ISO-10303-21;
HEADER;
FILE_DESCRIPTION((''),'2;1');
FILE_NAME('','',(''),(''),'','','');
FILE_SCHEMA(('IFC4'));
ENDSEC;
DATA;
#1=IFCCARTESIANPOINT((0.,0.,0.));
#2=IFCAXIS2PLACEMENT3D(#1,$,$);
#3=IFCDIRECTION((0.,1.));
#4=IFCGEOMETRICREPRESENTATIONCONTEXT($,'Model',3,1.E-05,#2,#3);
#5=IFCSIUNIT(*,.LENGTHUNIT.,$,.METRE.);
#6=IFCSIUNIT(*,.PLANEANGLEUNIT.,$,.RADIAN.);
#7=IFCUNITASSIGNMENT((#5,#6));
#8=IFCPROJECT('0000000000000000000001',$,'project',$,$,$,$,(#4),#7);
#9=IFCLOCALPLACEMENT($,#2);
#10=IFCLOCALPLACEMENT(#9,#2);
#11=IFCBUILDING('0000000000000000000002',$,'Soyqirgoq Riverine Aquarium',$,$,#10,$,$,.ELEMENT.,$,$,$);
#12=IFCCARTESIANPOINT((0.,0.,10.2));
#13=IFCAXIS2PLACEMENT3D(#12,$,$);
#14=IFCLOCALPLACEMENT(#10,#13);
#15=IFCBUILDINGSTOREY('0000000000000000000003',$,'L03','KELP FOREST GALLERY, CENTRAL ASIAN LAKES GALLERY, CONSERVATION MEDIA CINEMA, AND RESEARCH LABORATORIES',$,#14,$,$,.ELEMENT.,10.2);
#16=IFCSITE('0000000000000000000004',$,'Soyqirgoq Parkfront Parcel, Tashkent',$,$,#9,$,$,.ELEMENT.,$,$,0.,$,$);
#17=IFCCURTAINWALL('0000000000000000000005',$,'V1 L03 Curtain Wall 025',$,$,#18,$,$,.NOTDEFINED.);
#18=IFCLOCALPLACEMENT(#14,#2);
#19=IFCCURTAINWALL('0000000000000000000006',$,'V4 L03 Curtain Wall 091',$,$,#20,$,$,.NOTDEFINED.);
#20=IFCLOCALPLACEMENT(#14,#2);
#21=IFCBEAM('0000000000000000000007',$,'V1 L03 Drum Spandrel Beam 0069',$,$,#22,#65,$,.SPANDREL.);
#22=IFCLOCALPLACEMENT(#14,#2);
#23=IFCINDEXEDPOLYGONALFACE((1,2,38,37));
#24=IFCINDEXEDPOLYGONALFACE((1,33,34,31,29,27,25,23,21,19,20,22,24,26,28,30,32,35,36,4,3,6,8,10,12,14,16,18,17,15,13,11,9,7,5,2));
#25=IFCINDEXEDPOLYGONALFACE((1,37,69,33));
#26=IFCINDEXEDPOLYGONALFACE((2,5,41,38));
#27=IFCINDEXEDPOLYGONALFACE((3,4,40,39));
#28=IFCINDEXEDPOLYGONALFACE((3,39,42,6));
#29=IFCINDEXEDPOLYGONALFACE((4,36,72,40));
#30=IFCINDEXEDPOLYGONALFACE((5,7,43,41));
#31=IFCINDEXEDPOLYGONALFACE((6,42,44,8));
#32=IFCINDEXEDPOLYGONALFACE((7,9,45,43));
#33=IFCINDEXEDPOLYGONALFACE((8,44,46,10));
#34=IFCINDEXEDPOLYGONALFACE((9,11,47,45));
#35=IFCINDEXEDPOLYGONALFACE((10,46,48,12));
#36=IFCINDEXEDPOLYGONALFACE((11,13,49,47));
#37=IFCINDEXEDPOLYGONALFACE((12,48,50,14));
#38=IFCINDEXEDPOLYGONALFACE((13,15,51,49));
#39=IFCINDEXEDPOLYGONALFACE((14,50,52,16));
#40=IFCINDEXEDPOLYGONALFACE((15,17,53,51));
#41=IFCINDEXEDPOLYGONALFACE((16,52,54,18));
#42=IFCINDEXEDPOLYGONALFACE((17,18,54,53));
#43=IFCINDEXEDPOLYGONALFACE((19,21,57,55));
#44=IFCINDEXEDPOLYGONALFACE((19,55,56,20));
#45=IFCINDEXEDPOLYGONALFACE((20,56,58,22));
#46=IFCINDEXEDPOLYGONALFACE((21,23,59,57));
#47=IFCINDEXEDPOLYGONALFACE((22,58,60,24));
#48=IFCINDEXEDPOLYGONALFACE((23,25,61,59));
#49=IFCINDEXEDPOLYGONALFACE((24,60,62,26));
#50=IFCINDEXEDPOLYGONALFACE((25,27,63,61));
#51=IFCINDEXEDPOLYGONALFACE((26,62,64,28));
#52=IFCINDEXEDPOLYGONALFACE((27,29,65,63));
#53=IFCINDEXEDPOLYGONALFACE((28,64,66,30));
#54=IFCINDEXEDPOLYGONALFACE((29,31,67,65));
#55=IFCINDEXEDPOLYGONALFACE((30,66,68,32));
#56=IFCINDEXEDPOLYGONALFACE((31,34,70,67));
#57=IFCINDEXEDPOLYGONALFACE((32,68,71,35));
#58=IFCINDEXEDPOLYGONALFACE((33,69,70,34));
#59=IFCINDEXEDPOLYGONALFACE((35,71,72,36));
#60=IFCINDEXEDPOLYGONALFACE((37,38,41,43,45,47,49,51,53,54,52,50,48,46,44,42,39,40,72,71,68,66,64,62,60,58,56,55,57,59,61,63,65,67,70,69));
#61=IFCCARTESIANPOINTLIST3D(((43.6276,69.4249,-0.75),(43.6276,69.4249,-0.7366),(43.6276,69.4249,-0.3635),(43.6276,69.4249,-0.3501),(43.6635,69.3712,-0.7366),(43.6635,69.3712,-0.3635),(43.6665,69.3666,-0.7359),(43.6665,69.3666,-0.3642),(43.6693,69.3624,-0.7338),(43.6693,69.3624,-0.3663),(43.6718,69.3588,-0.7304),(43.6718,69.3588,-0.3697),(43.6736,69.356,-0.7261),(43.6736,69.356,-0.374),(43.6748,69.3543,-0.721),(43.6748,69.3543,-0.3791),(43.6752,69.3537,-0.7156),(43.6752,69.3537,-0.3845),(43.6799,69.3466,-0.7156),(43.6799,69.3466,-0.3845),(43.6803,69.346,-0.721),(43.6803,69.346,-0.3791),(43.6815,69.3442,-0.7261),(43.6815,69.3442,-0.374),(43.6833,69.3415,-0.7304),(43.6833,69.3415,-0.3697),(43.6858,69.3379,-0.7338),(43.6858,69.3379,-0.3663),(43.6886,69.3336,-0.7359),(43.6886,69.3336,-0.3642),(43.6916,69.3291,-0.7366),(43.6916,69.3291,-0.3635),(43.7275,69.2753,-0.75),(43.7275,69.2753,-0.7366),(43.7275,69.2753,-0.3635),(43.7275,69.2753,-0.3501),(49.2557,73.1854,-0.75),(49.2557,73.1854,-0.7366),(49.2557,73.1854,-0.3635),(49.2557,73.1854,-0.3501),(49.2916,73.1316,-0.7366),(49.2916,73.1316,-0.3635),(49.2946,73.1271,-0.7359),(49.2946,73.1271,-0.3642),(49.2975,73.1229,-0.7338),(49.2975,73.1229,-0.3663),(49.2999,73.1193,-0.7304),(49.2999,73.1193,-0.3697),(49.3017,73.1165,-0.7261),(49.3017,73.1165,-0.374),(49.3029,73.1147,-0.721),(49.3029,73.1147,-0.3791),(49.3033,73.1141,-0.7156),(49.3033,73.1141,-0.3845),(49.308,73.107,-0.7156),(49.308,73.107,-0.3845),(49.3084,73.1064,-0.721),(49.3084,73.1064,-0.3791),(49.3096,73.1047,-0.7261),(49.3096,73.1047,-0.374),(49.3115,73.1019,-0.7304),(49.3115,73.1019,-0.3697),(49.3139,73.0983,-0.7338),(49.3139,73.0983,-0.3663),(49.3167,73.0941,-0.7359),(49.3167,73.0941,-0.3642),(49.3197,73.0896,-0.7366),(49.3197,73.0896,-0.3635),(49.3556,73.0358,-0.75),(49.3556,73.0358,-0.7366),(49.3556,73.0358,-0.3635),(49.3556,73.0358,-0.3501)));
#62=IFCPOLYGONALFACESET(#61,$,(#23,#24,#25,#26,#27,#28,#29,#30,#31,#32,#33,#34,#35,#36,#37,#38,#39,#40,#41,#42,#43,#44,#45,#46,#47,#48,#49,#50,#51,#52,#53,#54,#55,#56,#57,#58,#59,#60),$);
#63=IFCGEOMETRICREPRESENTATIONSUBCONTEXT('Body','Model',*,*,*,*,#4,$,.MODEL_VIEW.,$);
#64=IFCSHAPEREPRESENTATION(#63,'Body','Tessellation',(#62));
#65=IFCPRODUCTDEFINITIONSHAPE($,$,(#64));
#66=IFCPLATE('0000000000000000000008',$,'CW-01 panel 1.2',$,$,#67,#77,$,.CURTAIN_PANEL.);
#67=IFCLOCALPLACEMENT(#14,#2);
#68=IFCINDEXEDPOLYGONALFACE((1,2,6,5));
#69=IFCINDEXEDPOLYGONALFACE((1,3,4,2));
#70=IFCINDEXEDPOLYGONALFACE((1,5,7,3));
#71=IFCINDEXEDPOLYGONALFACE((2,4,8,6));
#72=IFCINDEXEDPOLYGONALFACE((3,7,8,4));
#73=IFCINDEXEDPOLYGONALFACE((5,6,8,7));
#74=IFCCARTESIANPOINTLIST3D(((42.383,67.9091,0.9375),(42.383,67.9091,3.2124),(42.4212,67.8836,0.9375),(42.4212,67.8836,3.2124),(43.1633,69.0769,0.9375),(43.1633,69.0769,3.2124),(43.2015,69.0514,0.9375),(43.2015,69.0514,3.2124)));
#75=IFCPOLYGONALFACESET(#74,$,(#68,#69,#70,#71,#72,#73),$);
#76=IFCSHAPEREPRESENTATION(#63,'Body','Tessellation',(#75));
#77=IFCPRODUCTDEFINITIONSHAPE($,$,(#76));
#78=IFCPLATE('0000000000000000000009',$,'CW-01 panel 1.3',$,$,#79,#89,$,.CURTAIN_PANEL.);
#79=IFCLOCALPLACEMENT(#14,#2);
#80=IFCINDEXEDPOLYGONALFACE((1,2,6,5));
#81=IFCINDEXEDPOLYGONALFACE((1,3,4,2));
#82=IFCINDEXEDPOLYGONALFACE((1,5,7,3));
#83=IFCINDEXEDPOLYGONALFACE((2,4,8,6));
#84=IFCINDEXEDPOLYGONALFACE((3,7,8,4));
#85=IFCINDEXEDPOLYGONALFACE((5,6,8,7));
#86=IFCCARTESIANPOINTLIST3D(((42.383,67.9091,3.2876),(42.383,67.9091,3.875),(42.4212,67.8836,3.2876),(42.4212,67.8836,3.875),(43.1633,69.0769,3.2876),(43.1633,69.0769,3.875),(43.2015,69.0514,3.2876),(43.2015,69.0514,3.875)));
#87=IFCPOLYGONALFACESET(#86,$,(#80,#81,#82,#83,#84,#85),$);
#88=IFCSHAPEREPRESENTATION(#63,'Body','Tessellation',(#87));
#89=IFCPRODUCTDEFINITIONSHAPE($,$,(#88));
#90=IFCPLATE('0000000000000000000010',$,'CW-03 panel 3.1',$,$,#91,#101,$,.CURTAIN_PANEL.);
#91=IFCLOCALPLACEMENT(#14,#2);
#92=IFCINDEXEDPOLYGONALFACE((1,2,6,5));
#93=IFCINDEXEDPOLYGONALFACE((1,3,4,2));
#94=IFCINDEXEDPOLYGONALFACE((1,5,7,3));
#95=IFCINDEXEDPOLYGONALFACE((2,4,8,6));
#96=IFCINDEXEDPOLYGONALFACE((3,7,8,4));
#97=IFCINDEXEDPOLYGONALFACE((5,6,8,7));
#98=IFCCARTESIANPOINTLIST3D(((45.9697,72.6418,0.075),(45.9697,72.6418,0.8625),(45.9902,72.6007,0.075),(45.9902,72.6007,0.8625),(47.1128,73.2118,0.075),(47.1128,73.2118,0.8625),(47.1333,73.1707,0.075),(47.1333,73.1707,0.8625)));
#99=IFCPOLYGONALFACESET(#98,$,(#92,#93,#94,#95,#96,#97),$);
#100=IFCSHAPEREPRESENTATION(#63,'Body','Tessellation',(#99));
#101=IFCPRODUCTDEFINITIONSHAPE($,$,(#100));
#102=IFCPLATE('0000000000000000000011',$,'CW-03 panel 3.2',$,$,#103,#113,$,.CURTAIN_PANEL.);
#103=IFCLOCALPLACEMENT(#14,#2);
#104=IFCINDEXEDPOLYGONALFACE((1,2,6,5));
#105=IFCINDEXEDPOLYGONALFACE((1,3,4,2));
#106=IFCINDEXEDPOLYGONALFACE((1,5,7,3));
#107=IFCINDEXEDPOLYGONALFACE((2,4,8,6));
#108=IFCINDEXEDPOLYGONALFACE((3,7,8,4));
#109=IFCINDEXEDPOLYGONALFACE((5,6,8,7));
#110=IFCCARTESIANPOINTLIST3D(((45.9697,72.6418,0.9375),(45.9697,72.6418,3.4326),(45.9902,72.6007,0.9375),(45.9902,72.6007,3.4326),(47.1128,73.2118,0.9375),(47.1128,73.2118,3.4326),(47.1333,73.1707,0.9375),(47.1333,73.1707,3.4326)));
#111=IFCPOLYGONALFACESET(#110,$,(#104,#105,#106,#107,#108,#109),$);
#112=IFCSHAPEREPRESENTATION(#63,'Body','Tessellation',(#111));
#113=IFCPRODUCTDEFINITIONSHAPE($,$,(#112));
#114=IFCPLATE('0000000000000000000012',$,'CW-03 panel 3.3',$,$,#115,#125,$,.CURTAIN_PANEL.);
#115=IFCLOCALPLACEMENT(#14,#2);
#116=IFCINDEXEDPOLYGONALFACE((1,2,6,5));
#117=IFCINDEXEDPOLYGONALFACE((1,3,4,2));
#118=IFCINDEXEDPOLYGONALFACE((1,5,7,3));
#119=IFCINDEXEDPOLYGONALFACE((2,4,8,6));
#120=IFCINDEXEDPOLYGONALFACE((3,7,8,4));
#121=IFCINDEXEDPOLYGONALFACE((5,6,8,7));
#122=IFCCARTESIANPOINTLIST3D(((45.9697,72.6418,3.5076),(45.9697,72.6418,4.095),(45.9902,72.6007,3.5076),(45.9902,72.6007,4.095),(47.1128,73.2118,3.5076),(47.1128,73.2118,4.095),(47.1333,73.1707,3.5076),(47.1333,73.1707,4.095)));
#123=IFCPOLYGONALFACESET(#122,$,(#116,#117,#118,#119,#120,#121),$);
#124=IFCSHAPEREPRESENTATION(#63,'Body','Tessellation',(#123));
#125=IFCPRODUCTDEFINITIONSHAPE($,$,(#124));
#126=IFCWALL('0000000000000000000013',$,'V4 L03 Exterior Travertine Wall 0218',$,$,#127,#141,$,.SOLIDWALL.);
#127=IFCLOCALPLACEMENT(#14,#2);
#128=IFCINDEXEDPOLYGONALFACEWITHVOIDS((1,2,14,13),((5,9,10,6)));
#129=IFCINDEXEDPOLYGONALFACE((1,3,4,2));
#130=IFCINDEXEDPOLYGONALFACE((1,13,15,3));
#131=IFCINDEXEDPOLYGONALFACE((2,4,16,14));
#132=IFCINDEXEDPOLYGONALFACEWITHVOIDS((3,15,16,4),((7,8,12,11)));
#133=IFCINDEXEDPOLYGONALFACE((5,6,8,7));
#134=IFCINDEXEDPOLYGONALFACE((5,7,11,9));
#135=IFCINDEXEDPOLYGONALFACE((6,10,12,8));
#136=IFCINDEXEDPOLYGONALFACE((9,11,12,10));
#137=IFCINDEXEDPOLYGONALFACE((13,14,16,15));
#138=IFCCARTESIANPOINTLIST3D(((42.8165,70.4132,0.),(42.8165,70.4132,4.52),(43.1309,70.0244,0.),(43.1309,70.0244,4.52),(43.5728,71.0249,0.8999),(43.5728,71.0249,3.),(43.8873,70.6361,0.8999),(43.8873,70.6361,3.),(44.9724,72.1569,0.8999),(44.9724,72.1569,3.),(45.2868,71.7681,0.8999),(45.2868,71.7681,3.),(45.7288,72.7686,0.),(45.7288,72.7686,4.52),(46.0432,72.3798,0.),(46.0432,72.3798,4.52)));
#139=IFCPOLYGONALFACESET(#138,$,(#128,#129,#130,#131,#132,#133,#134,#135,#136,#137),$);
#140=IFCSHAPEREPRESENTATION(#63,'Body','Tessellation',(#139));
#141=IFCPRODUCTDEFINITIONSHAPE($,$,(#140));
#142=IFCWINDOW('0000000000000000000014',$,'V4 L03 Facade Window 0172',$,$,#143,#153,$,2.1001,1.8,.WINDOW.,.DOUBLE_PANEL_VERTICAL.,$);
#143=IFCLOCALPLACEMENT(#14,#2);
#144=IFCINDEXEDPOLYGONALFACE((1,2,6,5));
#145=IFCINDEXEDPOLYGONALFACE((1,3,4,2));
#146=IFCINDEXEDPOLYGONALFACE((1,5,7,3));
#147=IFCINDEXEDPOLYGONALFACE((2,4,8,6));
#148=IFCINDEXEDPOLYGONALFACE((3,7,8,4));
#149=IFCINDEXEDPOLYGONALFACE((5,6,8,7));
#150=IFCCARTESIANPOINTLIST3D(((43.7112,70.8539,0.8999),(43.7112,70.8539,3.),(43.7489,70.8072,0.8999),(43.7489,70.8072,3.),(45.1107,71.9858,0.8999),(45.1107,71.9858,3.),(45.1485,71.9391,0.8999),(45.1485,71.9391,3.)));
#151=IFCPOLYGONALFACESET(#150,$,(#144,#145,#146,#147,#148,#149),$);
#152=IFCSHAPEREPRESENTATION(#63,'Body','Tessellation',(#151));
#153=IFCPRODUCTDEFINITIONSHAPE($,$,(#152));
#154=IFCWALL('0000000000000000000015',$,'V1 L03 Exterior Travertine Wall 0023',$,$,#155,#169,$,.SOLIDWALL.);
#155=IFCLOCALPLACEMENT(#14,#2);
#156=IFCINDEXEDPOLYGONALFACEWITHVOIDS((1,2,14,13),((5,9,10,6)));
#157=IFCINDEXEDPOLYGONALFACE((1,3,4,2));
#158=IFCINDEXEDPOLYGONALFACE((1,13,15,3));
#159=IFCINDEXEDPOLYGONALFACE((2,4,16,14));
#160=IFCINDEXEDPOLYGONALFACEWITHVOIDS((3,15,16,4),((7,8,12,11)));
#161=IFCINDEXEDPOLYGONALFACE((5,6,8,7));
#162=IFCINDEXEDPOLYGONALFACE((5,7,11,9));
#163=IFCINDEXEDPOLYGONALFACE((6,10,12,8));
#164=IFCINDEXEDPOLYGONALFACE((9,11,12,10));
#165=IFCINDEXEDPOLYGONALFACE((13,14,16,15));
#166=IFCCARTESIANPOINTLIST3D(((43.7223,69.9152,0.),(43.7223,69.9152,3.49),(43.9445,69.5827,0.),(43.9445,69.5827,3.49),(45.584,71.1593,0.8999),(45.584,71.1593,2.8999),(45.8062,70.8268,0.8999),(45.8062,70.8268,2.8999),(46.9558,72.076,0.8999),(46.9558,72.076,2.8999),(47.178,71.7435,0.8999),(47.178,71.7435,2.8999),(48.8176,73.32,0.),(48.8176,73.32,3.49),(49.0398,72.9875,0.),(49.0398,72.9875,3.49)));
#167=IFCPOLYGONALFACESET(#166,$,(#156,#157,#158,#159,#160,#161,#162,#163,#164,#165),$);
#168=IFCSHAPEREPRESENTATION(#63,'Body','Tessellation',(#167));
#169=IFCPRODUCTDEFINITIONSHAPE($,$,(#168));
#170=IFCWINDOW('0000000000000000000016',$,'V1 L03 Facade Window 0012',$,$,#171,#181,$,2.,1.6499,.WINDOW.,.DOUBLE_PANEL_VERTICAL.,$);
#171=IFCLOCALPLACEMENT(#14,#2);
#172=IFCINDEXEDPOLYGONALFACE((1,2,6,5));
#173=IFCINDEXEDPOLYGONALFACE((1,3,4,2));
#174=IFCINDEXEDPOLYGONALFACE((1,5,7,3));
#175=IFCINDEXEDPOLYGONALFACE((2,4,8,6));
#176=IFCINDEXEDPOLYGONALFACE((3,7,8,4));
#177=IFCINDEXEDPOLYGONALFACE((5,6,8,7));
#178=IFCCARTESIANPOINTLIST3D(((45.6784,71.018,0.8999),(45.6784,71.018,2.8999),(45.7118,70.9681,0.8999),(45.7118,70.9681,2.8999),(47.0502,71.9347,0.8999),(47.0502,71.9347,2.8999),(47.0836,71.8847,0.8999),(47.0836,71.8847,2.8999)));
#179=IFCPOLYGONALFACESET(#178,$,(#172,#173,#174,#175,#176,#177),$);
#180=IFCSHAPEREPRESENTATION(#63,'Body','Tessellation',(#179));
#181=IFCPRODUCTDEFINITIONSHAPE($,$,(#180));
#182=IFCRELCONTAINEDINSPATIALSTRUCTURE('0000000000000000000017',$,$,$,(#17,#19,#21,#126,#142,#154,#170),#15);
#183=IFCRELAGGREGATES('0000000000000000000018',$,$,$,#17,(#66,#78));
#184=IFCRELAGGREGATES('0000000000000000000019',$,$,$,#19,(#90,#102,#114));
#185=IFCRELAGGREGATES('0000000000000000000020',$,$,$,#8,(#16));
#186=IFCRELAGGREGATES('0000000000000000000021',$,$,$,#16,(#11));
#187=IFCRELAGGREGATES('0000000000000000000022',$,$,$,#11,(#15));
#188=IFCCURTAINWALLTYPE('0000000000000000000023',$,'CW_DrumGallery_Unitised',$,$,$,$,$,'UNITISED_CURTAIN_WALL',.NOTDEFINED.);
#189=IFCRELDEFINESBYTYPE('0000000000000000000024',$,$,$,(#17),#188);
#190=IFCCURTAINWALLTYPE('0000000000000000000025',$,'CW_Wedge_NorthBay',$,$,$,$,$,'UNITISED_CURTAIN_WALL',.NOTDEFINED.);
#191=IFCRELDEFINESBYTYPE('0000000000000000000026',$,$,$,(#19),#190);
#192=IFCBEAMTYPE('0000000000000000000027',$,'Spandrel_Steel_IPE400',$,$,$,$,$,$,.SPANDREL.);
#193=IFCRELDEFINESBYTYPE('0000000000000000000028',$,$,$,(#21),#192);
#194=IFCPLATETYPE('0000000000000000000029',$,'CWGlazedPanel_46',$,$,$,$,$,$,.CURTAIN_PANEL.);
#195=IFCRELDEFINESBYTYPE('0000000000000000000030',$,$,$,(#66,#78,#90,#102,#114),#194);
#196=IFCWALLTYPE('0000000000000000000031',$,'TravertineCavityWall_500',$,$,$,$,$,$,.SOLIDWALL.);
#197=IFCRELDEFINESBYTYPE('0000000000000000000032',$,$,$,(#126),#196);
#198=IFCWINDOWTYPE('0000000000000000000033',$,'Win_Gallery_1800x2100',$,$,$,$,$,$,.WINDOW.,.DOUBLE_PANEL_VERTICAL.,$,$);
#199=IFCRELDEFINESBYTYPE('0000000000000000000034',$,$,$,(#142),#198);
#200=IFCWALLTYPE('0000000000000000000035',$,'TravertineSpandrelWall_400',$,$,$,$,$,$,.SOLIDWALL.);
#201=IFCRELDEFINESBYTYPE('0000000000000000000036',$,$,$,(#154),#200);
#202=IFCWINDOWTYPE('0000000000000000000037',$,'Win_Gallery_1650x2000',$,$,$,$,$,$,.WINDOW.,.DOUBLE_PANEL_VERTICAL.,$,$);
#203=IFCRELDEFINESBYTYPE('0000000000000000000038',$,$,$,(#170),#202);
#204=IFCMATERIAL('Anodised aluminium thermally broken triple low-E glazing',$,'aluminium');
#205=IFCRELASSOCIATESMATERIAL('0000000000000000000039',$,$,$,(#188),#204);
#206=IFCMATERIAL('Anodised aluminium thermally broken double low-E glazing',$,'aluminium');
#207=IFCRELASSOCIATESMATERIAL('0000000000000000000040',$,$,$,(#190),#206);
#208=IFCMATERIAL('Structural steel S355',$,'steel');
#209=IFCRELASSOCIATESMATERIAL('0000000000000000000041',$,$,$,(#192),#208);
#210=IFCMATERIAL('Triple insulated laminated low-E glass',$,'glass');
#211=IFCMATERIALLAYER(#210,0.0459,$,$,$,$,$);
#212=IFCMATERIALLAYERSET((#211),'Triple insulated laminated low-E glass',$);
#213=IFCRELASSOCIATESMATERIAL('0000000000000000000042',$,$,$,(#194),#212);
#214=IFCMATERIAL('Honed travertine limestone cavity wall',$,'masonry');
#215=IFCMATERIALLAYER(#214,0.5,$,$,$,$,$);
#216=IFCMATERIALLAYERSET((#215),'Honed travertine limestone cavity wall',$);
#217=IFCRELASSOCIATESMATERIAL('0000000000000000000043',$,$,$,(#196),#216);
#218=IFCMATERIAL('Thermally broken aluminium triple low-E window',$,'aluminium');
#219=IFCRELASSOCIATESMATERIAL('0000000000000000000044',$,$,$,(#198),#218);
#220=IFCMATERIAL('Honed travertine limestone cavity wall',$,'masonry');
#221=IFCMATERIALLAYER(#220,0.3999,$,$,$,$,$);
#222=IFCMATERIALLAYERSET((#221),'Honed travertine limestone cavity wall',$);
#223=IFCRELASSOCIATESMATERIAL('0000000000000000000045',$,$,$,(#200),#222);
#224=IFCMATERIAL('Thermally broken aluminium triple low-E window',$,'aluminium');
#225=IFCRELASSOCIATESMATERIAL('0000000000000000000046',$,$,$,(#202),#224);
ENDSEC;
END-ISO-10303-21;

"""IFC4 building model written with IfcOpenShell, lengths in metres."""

from ifc_helpers import new_model, si_unit, direction, frame, frame_2d, origin, origin_2d, place, context, subcontext, project, spatial, rectangle, i_section, extrude, material, layer, layer_set, material_profile, profile_set, type_object, element, fill, aggregate, save


model = new_model("IFC4")

# Units and contexts
model_context = context("Model", 3, precision=1e-05, world=origin(), true_north=direction((0.0, 1.0)))
body_context = subcontext(model_context, "Body", "Model", "MODEL_VIEW")
ifc_project = project(units=[si_unit("LENGTHUNIT", "METRE"), si_unit("PLANEANGLEUNIT", "RADIAN")], contexts=[model_context])

# Site, building, storey
site_placement = place(None, origin())
site = spatial("IfcSite", under=ifc_project, at=site_placement, Name="Soyqirgoq Parkfront Parcel, Tashkent", CompositionType="ELEMENT", RefElevation=0.0)
building_placement = place(site_placement, origin())
building = spatial("IfcBuilding", under=site, at=building_placement, Name="Soyqirgoq Riverine Aquarium", CompositionType="ELEMENT")
storey_placement = place(building_placement, frame((0.0, 0.0, 10.2)))
storey = spatial("IfcBuildingStorey", under=building, at=storey_placement, Name="L03", Description="KELP FOREST GALLERY, CENTRAL ASIAN LAKES GALLERY, CONSERVATION MEDIA CINEMA, AND RESEARCH LABORATORIES", CompositionType="ELEMENT", Elevation=10.2)

# Curtain walls
ifc_material_1 = material(Name="Anodised aluminium thermally broken triple low-E glazing", Category="aluminium")
curtain_wall_type_1 = type_object("IfcCurtainWallType", Name="CW_DrumGallery_Unitised", ElementType="UNITISED_CURTAIN_WALL", PredefinedType="NOTDEFINED", material=ifc_material_1)
curtain_wall_1_placement = place(storey_placement, origin())
curtain_wall_1 = element("IfcCurtainWall", 1, at=curtain_wall_1_placement, inside=storey, type_object=curtain_wall_type_1, Name="V1 L03 Curtain Wall 025", PredefinedType="NOTDEFINED")
ifc_material_2 = material(Name="Anodised aluminium thermally broken double low-E glazing", Category="aluminium")
curtain_wall_type_2 = type_object("IfcCurtainWallType", Name="CW_Wedge_NorthBay", ElementType="UNITISED_CURTAIN_WALL", PredefinedType="NOTDEFINED", material=ifc_material_2)
curtain_wall_2_placement = place(storey_placement, origin())
curtain_wall_2 = element("IfcCurtainWall", 2, at=curtain_wall_2_placement, inside=storey, type_object=curtain_wall_type_2, Name="V4 L03 Curtain Wall 091", PredefinedType="NOTDEFINED")

# Beam
ifc_material_3 = material(Name="Structural steel S355", Category="steel")
ifc_material_profile_1 = material_profile(ifc_material_3, i_section(OverallWidth=0.1799, OverallDepth=0.3999, WebThickness=0.0085, FlangeThickness=0.0134, FilletRadius=0.021, at=origin_2d()), Name="IPE 400")
ifc_profile_set_1 = profile_set([ifc_material_profile_1], Name="Structural steel S355")
beam_type_1 = type_object("IfcBeamType", Name="Spandrel_Steel_IPE400", PredefinedType="SPANDREL", material=ifc_profile_set_1)
beam_1_placement = place(storey_placement, frame((49.3057, 73.1106, -0.55), z_axis=(-0.831478, -0.555557, 0.0), x_axis=(0.555557, -0.831478, 0.0)))
element("IfcBeam", 3, at=beam_1_placement, inside=storey, type_object=beam_type_1, Name="V1 L03 Drum Spandrel Beam 0069", PredefinedType="SPANDREL", context=body_context, shape_type="SweptSolid", body=[
    extrude(i_section(OverallWidth=0.1799, OverallDepth=0.3999, WebThickness=0.0085, FlangeThickness=0.0134, FilletRadius=0.021, at=origin_2d()), origin(), (0.0, 0.0, 1.0), 6.7688),
])

# Plates
ifc_material_4 = material(Name="Triple insulated laminated low-E glass", Category="glass")
ifc_layer_1 = layer(ifc_material_4, 0.0459)
ifc_layer_set_1 = layer_set([ifc_layer_1], Name="Triple insulated laminated low-E glass")
plate_type = type_object("IfcPlateType", Name="CWGlazedPanel_46", PredefinedType="CURTAIN_PANEL", material=ifc_layer_set_1)
plate_1_placement = place(storey_placement, frame((42.7922, 68.4802, 0.9375), z_axis=(0.0, 0.0, 1.0), x_axis=(-0.555572, -0.831469, 0.0)))
plate_1 = element("IfcPlate", 4, at=plate_1_placement, type_object=plate_type, Name="CW-01 panel 1.2", PredefinedType="CURTAIN_PANEL", context=body_context, shape_type="SweptSolid", body=[
    extrude(rectangle(XDim=1.4045, YDim=0.0459, at=origin_2d()), origin(), (0.0, 0.0, 1.0), 2.2749),
])
plate_2_placement = place(storey_placement, frame((42.7922, 68.4802, 3.2876), z_axis=(0.0, 0.0, 1.0), x_axis=(-0.555572, -0.831469, 0.0)))
plate_2 = element("IfcPlate", 5, at=plate_2_placement, type_object=plate_type, Name="CW-01 panel 1.3", PredefinedType="CURTAIN_PANEL", context=body_context, shape_type="SweptSolid", body=[
    extrude(rectangle(XDim=1.4045, YDim=0.0459, at=origin_2d()), origin(), (0.0, 0.0, 1.0), 0.5874),
])
aggregate(curtain_wall_1, [plate_1, plate_2])
plate_3_placement = place(storey_placement, frame((46.5515, 72.9062, 0.075), z_axis=(0.0, 0.0, 1.0), x_axis=(-0.894936, -0.446195, 0.0)))
plate_3 = element("IfcPlate", 6, at=plate_3_placement, type_object=plate_type, Name="CW-03 panel 3.1", PredefinedType="CURTAIN_PANEL", context=body_context, shape_type="SweptSolid", body=[
    extrude(rectangle(XDim=1.2773, YDim=0.0459, at=origin_2d()), origin(), (0.0, 0.0, 1.0), 0.7876),
])
plate_4_placement = place(storey_placement, frame((46.5515, 72.9062, 0.9375), z_axis=(0.0, 0.0, 1.0), x_axis=(-0.894936, -0.446195, 0.0)))
plate_4 = element("IfcPlate", 7, at=plate_4_placement, type_object=plate_type, Name="CW-03 panel 3.2", PredefinedType="CURTAIN_PANEL", context=body_context, shape_type="SweptSolid", body=[
    extrude(rectangle(XDim=1.2773, YDim=0.0459, at=origin_2d()), origin(), (0.0, 0.0, 1.0), 2.4951),
])
plate_5_placement = place(storey_placement, frame((46.5515, 72.9062, 3.5076), z_axis=(0.0, 0.0, 1.0), x_axis=(-0.894936, -0.446195, 0.0)))
plate_5 = element("IfcPlate", 8, at=plate_5_placement, type_object=plate_type, Name="CW-03 panel 3.3", PredefinedType="CURTAIN_PANEL", context=body_context, shape_type="SweptSolid", body=[
    extrude(rectangle(XDim=1.2773, YDim=0.0459, at=origin_2d()), origin(), (0.0, 0.0, 1.0), 0.5874),
])
aggregate(curtain_wall_2, [plate_3, plate_4, plate_5])

# Walls, openings, windows
ifc_material_5 = material(Name="Honed travertine limestone cavity wall", Category="masonry")
ifc_layer_2 = layer(ifc_material_5, 0.5)
ifc_layer_set_2 = layer_set([ifc_layer_2], Name="Honed travertine limestone cavity wall")
wall_type_1 = type_object("IfcWallType", Name="TravertineCavityWall_500", PredefinedType="SOLIDWALL", material=ifc_layer_set_2)
wall_1_placement = place(storey_placement, frame((45.886, 72.5742, 0.0), z_axis=(0.0, 0.0, 1.0), x_axis=(-0.777526, -0.628851, 0.0)))
wall_1 = element("IfcWall", 9, at=wall_1_placement, inside=storey, type_object=wall_type_1, Name="V4 L03 Exterior Travertine Wall 0218", PredefinedType="SOLIDWALL", context=body_context, shape_type="SweptSolid", body=[
    extrude(rectangle(XDim=3.7456, YDim=0.5, at=frame_2d((1.8728, 0.0))), origin(), (0.0, 0.0, 1.0), 4.52),
])
opening_1_placement = place(wall_1_placement, frame((0.9729, 0.0, 0.8999)))
opening_1 = element("IfcOpeningElement", 10, at=opening_1_placement, cuts=wall_1, PredefinedType="OPENING", context=body_context, shape_type="SweptSolid", body=[
    extrude(rectangle(XDim=1.8, YDim=2.1001, at=frame_2d((0.8999, 1.05))), frame((0.0, 0.26, 0.0), z_axis=(0.0, -1.0, 0.0), x_axis=(1.0, 0.0, 0.0)), (0.0, 0.0, 1.0), 0.52),
])
ifc_material_6 = material(Name="Thermally broken aluminium triple low-E window", Category="aluminium")
window_type_1 = type_object("IfcWindowType", Name="Win_Gallery_1800x2100", PartitioningType="DOUBLE_PANEL_VERTICAL", PredefinedType="WINDOW", material=ifc_material_6)
window_1_placement = place(opening_1_placement, origin())
window_1 = element("IfcWindow", 11, at=window_1_placement, inside=storey, type_object=window_type_1, Name="V4 L03 Facade Window 0172", OverallHeight=2.1001, OverallWidth=1.8, PartitioningType="DOUBLE_PANEL_VERTICAL", PredefinedType="WINDOW", context=body_context, shape_type="SweptSolid", body=[
    extrude(rectangle(XDim=1.8, YDim=2.1001, at=frame_2d((0.8999, 1.05))), frame((0.0, 0.03, 0.0), z_axis=(0.0, -1.0, 0.0), x_axis=(1.0, 0.0, 0.0)), (0.0, 0.0, 1.0), 0.0601),
])
fill(opening_1, window_1)
ifc_material_7 = material(Name="Honed travertine limestone cavity wall", Category="masonry")
ifc_layer_3 = layer(ifc_material_7, 0.3999)
ifc_layer_set_3 = layer_set([ifc_layer_3], Name="Honed travertine limestone cavity wall")
wall_type_2 = type_object("IfcWallType", Name="TravertineSpandrelWall_400", PredefinedType="SOLIDWALL", material=ifc_layer_set_3)
wall_2_placement = place(storey_placement, frame((43.8335, 69.749, 0.0), z_axis=(0.0, 0.0, 1.0), x_axis=(0.831449, 0.555601, 0.0)))
wall_2 = element("IfcWall", 12, at=wall_2_placement, inside=storey, type_object=wall_type_2, Name="V1 L03 Exterior Travertine Wall 0023", PredefinedType="SOLIDWALL", context=body_context, shape_type="SweptSolid", body=[
    extrude(rectangle(XDim=6.1282, YDim=0.3999, at=frame_2d((3.064, 0.0))), origin(), (0.0, 0.0, 1.0), 3.49),
])
opening_2_placement = place(wall_2_placement, frame((2.239, 0.0, 0.8999)))
opening_2 = element("IfcOpeningElement", 13, at=opening_2_placement, cuts=wall_2, PredefinedType="OPENING", context=body_context, shape_type="SweptSolid", body=[
    extrude(rectangle(XDim=1.6499, YDim=2.0, at=frame_2d((0.825, 1.0))), frame((0.0, 0.21, 0.0), z_axis=(0.0, -1.0, 0.0), x_axis=(1.0, 0.0, 0.0)), (0.0, 0.0, 1.0), 0.4199),
])
ifc_material_8 = material(Name="Thermally broken aluminium triple low-E window", Category="aluminium")
window_type_2 = type_object("IfcWindowType", Name="Win_Gallery_1650x2000", PartitioningType="DOUBLE_PANEL_VERTICAL", PredefinedType="WINDOW", material=ifc_material_8)
window_2_placement = place(opening_2_placement, origin())
window_2 = element("IfcWindow", 14, at=window_2_placement, inside=storey, type_object=window_type_2, Name="V1 L03 Facade Window 0012", OverallHeight=2.0, OverallWidth=1.6499, PartitioningType="DOUBLE_PANEL_VERTICAL", PredefinedType="WINDOW", context=body_context, shape_type="SweptSolid", body=[
    extrude(rectangle(XDim=1.6499, YDim=2.0, at=frame_2d((0.825, 1.0))), frame((0.0, 0.03, 0.0), z_axis=(0.0, -1.0, 0.0), x_axis=(1.0, 0.0, 0.0)), (0.0, 0.0, 1.0), 0.0601),
])
fill(opening_2, window_2)

save(model, "model.ifc")
